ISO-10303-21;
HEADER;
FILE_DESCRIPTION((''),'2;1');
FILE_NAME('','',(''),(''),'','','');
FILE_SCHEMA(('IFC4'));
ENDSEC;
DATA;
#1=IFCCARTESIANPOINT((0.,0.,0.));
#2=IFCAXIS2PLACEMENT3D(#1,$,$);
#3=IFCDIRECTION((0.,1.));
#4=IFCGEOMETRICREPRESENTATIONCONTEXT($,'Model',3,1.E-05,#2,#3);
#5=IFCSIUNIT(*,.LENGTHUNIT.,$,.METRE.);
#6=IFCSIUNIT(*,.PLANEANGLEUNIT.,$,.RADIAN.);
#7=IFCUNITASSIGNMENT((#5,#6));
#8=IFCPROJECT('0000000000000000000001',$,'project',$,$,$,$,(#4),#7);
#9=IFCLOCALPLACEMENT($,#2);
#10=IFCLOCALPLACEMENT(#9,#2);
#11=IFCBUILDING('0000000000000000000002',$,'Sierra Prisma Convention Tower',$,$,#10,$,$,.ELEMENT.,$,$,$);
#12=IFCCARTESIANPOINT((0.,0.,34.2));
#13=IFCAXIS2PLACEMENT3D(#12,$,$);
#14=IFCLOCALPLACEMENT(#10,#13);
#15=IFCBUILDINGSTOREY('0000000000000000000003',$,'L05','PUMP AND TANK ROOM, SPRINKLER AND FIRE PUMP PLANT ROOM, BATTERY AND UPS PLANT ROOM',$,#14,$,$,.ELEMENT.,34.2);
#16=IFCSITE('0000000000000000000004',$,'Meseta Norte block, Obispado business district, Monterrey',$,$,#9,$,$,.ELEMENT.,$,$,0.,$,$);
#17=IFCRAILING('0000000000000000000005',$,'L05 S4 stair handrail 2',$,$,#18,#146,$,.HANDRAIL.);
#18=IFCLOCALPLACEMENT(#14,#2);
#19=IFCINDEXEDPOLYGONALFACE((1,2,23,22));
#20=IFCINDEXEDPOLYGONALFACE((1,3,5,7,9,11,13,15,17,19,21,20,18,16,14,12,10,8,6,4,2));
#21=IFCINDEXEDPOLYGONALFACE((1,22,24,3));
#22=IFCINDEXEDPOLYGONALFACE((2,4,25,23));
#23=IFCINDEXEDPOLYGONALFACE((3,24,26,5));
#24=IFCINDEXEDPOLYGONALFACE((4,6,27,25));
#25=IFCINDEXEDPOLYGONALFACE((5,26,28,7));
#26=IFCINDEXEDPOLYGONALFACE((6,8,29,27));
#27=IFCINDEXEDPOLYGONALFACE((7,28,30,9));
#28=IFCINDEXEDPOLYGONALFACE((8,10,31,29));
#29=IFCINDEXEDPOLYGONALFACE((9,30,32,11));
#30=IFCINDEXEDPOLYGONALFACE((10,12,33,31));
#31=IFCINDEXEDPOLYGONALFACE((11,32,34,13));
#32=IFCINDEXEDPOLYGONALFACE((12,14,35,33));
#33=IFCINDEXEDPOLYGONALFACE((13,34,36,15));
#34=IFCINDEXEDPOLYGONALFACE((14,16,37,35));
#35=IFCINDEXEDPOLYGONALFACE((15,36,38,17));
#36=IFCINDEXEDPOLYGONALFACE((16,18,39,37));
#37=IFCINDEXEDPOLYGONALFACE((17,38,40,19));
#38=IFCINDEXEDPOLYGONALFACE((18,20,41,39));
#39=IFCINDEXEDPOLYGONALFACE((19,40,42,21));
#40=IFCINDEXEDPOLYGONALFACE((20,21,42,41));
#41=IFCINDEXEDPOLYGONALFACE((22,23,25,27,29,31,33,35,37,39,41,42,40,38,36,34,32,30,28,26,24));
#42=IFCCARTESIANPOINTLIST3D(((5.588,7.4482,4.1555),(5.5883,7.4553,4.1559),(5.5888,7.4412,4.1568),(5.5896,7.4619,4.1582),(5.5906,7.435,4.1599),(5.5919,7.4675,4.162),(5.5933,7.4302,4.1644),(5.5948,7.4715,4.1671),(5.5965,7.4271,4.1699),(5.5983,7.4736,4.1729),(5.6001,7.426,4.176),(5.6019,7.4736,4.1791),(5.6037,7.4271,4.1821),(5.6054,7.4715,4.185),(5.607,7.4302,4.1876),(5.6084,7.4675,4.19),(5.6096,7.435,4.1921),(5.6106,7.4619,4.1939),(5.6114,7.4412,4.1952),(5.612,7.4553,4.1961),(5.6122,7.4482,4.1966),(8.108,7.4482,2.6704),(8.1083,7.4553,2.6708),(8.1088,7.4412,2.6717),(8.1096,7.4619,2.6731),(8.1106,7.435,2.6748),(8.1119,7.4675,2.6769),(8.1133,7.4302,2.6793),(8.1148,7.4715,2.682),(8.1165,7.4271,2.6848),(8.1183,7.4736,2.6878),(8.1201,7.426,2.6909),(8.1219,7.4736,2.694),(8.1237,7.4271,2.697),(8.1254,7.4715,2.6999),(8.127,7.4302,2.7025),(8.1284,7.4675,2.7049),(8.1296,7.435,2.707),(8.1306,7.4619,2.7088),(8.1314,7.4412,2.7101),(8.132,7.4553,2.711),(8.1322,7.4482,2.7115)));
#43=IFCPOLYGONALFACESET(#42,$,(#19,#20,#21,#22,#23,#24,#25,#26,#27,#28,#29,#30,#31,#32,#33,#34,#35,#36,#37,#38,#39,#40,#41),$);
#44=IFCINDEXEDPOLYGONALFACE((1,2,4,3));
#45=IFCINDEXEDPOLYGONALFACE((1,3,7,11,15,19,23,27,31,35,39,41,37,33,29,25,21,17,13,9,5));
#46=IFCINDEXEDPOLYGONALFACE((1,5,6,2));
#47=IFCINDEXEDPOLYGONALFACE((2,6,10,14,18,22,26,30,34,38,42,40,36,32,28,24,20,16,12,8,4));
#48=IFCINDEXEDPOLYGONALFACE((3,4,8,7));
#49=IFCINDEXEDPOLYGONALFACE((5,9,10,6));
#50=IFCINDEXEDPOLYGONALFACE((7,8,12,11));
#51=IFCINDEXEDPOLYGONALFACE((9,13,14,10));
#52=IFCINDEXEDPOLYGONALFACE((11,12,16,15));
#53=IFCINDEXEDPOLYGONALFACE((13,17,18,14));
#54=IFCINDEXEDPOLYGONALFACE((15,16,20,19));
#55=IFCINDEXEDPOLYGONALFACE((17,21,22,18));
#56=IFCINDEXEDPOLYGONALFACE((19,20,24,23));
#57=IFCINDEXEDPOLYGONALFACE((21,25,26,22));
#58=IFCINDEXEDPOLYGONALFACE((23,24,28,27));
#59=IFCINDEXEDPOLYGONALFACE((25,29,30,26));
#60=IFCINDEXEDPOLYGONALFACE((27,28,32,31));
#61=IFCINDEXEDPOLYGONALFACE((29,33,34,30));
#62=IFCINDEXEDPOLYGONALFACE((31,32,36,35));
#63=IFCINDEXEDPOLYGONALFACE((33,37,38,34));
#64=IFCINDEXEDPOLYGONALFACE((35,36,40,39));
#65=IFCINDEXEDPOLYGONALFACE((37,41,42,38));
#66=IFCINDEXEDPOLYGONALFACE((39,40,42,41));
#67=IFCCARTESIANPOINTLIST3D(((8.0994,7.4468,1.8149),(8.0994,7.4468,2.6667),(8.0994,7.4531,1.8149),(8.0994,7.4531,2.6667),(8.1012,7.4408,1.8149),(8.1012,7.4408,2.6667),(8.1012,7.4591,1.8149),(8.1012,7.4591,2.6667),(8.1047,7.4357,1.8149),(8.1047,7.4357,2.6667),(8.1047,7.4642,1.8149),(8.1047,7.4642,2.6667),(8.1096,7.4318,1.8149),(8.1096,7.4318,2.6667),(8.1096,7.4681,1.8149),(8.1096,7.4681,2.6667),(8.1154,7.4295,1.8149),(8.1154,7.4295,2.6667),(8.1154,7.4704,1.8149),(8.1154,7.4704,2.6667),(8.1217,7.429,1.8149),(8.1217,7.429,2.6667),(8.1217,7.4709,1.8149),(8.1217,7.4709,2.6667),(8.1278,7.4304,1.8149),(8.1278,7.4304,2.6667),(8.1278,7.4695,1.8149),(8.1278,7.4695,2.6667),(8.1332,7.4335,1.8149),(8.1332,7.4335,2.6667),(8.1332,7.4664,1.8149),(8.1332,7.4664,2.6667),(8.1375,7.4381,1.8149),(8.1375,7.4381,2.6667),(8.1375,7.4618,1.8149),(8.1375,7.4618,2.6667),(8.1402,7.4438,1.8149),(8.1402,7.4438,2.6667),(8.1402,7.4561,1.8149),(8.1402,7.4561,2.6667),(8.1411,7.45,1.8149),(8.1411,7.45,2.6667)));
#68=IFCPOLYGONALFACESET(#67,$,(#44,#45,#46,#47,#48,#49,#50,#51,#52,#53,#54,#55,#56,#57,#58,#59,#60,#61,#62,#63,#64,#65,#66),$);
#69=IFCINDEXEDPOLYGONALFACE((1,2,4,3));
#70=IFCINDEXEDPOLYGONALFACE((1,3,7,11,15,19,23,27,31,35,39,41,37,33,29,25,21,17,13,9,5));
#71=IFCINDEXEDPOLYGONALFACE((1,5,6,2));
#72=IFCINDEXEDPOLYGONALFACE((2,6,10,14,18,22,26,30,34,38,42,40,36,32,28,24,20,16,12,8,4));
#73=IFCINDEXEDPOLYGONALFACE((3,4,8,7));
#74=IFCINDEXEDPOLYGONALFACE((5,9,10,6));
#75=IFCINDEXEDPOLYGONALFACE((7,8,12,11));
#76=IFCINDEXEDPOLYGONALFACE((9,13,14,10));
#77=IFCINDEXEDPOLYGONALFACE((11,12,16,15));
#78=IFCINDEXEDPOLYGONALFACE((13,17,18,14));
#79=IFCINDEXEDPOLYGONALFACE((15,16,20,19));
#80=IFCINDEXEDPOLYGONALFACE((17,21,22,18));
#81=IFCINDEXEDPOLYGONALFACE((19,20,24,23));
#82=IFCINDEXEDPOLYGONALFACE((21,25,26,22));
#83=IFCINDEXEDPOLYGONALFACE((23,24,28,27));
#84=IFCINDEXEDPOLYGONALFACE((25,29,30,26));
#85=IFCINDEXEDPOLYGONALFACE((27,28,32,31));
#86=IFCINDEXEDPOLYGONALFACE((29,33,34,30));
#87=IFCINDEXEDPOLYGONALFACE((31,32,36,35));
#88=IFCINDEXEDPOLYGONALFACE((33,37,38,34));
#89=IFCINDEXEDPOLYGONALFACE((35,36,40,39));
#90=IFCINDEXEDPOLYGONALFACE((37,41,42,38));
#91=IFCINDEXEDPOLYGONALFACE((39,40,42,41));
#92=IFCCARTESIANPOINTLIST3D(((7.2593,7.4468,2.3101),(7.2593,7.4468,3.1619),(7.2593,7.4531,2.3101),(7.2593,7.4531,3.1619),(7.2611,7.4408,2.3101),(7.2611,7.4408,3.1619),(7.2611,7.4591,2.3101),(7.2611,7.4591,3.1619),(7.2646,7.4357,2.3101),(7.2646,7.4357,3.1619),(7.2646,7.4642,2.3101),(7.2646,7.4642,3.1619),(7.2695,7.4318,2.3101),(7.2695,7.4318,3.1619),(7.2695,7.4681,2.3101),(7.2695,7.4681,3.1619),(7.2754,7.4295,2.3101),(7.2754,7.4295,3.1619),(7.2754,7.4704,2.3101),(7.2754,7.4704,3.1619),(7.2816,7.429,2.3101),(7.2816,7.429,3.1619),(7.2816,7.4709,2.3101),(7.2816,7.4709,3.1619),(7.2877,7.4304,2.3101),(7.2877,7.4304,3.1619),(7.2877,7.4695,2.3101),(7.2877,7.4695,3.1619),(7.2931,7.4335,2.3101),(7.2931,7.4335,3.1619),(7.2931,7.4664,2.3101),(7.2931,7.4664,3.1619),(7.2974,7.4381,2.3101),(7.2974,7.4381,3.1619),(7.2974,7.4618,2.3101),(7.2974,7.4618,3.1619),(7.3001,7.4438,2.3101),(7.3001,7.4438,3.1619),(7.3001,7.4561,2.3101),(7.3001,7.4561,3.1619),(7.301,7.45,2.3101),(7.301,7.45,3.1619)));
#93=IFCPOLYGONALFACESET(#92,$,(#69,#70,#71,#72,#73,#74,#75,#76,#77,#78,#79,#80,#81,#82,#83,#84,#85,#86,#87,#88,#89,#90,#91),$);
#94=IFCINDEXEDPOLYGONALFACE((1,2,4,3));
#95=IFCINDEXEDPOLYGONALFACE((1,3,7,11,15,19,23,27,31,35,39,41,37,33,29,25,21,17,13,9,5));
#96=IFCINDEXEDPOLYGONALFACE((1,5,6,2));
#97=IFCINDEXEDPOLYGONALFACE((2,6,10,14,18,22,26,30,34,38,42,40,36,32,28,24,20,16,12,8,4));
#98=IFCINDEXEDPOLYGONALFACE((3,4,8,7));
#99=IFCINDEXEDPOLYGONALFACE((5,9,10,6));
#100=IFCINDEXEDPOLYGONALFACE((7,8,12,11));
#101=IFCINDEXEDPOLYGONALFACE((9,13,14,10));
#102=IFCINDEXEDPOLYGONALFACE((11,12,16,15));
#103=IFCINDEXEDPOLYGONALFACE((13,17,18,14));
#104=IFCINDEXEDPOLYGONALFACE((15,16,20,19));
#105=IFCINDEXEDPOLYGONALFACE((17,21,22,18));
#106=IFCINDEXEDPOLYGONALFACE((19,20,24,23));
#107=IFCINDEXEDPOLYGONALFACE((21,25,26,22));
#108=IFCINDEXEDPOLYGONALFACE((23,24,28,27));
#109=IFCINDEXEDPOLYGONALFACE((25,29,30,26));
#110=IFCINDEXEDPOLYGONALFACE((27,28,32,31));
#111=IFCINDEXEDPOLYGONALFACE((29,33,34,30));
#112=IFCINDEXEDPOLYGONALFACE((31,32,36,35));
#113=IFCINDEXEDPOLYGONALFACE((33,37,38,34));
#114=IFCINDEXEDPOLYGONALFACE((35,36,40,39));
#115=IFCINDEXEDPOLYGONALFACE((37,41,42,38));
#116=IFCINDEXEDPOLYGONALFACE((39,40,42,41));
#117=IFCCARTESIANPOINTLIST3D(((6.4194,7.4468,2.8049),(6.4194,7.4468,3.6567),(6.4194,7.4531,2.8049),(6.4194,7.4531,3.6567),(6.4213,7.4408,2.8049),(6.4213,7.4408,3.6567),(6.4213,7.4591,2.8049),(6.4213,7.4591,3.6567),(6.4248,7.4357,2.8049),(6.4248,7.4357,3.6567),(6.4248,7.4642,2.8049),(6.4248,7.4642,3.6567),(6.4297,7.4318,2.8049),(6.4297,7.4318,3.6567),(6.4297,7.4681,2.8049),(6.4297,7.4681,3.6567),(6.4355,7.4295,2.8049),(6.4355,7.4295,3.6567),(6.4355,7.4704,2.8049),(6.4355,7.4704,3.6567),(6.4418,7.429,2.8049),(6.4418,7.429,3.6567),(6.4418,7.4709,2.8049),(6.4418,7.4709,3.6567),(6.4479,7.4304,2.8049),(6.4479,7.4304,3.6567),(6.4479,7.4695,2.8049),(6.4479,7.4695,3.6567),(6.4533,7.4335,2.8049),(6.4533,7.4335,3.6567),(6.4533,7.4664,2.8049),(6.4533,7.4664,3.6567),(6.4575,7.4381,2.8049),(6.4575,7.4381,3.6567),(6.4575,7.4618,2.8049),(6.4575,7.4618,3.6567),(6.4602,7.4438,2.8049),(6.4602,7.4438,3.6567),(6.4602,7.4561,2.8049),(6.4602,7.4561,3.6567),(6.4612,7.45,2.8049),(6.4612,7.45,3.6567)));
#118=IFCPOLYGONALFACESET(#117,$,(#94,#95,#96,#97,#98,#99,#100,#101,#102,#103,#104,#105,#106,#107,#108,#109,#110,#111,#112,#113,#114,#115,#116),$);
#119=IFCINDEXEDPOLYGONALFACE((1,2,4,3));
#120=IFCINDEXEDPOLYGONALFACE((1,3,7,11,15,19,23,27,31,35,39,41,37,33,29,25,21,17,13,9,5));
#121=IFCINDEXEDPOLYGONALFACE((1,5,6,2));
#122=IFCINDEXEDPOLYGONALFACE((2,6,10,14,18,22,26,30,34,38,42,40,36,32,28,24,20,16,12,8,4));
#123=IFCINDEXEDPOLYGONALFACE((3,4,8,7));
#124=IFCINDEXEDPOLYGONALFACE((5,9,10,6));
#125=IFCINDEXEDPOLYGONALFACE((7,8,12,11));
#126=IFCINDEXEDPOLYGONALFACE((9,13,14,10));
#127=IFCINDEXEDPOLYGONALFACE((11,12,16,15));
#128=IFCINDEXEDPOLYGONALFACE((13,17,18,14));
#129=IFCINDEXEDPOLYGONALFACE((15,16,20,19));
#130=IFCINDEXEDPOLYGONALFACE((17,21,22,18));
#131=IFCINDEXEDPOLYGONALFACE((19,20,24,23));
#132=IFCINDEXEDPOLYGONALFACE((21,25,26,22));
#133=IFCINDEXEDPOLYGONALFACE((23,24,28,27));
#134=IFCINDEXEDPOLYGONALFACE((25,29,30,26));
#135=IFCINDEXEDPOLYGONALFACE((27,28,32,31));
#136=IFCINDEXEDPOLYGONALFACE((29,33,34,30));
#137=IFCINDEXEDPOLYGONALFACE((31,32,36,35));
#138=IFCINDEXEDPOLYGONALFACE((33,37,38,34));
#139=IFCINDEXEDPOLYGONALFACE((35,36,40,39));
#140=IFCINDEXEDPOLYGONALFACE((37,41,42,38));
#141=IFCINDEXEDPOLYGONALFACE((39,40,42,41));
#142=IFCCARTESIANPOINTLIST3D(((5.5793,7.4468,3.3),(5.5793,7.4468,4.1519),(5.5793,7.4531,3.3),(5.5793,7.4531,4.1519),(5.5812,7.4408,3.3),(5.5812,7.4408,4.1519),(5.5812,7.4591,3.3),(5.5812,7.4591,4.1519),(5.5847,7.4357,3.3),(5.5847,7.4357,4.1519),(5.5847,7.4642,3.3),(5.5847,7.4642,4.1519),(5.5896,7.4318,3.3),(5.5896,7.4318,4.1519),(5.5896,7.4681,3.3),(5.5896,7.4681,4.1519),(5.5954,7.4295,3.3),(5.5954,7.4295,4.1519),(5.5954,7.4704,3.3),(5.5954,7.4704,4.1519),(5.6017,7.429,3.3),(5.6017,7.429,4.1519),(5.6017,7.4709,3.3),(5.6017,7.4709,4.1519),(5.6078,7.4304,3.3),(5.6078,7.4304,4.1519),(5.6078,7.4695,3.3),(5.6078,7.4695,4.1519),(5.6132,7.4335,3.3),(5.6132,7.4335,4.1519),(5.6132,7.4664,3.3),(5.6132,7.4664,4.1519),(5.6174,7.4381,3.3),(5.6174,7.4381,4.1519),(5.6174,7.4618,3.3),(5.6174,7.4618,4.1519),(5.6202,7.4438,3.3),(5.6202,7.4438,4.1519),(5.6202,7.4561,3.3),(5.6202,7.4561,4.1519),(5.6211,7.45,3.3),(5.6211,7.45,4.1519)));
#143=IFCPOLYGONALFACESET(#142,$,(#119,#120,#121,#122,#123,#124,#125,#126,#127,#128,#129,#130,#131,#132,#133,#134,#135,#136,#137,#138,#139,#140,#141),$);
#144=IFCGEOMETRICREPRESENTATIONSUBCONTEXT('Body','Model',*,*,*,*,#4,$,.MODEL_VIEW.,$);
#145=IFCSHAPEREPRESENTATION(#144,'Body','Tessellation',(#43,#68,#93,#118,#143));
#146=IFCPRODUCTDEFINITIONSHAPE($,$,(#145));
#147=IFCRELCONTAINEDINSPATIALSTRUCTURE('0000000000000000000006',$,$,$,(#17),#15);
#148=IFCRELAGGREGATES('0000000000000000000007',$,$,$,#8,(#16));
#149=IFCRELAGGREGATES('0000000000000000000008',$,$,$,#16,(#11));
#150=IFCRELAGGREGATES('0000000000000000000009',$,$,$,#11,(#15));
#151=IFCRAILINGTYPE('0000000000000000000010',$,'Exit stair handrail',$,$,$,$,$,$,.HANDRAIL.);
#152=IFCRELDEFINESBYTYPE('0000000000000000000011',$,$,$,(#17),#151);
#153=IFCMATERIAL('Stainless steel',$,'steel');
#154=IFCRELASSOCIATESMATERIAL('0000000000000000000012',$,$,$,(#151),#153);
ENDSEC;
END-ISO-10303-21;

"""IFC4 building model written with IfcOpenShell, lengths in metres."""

from ifc_helpers import new_model, si_unit, direction, frame, origin, origin_2d, place, context, subcontext, project, spatial, circle, extrude, material, type_object, element, save


model = new_model("IFC4")

# Units and contexts
model_context = context("Model", 3, precision=1e-05, world=origin(), true_north=direction((0.0, 1.0)))
body_context = subcontext(model_context, "Body", "Model", "MODEL_VIEW")
ifc_project = project(units=[si_unit("LENGTHUNIT", "METRE"), si_unit("PLANEANGLEUNIT", "RADIAN")], contexts=[model_context])

# Site, building, storey
site_placement = place(None, origin())
site = spatial("IfcSite", under=ifc_project, at=site_placement, Name="Meseta Norte block, Obispado business district, Monterrey", CompositionType="ELEMENT", RefElevation=0.0)
building_placement = place(site_placement, origin())
building = spatial("IfcBuilding", under=site, at=building_placement, Name="Sierra Prisma Convention Tower", CompositionType="ELEMENT")
storey_placement = place(building_placement, frame((0.0, 0.0, 34.2)))
storey = spatial("IfcBuildingStorey", under=building, at=storey_placement, Name="L05", Description="PUMP AND TANK ROOM, SPRINKLER AND FIRE PUMP PLANT ROOM, BATTERY AND UPS PLANT ROOM", CompositionType="ELEMENT", Elevation=34.2)

# Railing
ifc_material_1 = material(Name="Stainless steel", Category="steel")
railing_type_1 = type_object("IfcRailingType", Name="Exit stair handrail", PredefinedType="HANDRAIL", material=ifc_material_1)
for number, where, name in (
    (1, (8.1201, 7.45, 1.8149), "L05 S4 stair handrail 2"),
):
    element("IfcRailing", number, at=place(storey_placement, frame(where)), inside=storey, type_object=railing_type_1, Name=name, PredefinedType="HANDRAIL", context=body_context, shape_type="SweptSolid", body=[
        extrude(circle(Radius=0.0239, at=origin_2d()), frame((0.0, 0.0, 0.876), z_axis=(-0.861524, 0.0, 0.507717), x_axis=(0.0, -1.0, 0.0)), (0.0, 0.0, 1.0), 2.925),
        extrude(circle(Radius=0.021, at=origin_2d()), origin(), (0.0, 0.0, 1.0), 0.8518),
        extrude(circle(Radius=0.021, at=origin_2d()), frame((-0.8401, 0.0, 0.4951)), (0.0, 0.0, 1.0), 0.8518),
        extrude(circle(Radius=0.021, at=origin_2d()), frame((-1.6799, 0.0, 0.99)), (0.0, 0.0, 1.0), 0.8518),
        extrude(circle(Radius=0.021, at=origin_2d()), frame((-2.52, 0.0, 1.4851)), (0.0, 0.0, 1.0), 0.8518),
    ])

save(model, "model.ifc")
